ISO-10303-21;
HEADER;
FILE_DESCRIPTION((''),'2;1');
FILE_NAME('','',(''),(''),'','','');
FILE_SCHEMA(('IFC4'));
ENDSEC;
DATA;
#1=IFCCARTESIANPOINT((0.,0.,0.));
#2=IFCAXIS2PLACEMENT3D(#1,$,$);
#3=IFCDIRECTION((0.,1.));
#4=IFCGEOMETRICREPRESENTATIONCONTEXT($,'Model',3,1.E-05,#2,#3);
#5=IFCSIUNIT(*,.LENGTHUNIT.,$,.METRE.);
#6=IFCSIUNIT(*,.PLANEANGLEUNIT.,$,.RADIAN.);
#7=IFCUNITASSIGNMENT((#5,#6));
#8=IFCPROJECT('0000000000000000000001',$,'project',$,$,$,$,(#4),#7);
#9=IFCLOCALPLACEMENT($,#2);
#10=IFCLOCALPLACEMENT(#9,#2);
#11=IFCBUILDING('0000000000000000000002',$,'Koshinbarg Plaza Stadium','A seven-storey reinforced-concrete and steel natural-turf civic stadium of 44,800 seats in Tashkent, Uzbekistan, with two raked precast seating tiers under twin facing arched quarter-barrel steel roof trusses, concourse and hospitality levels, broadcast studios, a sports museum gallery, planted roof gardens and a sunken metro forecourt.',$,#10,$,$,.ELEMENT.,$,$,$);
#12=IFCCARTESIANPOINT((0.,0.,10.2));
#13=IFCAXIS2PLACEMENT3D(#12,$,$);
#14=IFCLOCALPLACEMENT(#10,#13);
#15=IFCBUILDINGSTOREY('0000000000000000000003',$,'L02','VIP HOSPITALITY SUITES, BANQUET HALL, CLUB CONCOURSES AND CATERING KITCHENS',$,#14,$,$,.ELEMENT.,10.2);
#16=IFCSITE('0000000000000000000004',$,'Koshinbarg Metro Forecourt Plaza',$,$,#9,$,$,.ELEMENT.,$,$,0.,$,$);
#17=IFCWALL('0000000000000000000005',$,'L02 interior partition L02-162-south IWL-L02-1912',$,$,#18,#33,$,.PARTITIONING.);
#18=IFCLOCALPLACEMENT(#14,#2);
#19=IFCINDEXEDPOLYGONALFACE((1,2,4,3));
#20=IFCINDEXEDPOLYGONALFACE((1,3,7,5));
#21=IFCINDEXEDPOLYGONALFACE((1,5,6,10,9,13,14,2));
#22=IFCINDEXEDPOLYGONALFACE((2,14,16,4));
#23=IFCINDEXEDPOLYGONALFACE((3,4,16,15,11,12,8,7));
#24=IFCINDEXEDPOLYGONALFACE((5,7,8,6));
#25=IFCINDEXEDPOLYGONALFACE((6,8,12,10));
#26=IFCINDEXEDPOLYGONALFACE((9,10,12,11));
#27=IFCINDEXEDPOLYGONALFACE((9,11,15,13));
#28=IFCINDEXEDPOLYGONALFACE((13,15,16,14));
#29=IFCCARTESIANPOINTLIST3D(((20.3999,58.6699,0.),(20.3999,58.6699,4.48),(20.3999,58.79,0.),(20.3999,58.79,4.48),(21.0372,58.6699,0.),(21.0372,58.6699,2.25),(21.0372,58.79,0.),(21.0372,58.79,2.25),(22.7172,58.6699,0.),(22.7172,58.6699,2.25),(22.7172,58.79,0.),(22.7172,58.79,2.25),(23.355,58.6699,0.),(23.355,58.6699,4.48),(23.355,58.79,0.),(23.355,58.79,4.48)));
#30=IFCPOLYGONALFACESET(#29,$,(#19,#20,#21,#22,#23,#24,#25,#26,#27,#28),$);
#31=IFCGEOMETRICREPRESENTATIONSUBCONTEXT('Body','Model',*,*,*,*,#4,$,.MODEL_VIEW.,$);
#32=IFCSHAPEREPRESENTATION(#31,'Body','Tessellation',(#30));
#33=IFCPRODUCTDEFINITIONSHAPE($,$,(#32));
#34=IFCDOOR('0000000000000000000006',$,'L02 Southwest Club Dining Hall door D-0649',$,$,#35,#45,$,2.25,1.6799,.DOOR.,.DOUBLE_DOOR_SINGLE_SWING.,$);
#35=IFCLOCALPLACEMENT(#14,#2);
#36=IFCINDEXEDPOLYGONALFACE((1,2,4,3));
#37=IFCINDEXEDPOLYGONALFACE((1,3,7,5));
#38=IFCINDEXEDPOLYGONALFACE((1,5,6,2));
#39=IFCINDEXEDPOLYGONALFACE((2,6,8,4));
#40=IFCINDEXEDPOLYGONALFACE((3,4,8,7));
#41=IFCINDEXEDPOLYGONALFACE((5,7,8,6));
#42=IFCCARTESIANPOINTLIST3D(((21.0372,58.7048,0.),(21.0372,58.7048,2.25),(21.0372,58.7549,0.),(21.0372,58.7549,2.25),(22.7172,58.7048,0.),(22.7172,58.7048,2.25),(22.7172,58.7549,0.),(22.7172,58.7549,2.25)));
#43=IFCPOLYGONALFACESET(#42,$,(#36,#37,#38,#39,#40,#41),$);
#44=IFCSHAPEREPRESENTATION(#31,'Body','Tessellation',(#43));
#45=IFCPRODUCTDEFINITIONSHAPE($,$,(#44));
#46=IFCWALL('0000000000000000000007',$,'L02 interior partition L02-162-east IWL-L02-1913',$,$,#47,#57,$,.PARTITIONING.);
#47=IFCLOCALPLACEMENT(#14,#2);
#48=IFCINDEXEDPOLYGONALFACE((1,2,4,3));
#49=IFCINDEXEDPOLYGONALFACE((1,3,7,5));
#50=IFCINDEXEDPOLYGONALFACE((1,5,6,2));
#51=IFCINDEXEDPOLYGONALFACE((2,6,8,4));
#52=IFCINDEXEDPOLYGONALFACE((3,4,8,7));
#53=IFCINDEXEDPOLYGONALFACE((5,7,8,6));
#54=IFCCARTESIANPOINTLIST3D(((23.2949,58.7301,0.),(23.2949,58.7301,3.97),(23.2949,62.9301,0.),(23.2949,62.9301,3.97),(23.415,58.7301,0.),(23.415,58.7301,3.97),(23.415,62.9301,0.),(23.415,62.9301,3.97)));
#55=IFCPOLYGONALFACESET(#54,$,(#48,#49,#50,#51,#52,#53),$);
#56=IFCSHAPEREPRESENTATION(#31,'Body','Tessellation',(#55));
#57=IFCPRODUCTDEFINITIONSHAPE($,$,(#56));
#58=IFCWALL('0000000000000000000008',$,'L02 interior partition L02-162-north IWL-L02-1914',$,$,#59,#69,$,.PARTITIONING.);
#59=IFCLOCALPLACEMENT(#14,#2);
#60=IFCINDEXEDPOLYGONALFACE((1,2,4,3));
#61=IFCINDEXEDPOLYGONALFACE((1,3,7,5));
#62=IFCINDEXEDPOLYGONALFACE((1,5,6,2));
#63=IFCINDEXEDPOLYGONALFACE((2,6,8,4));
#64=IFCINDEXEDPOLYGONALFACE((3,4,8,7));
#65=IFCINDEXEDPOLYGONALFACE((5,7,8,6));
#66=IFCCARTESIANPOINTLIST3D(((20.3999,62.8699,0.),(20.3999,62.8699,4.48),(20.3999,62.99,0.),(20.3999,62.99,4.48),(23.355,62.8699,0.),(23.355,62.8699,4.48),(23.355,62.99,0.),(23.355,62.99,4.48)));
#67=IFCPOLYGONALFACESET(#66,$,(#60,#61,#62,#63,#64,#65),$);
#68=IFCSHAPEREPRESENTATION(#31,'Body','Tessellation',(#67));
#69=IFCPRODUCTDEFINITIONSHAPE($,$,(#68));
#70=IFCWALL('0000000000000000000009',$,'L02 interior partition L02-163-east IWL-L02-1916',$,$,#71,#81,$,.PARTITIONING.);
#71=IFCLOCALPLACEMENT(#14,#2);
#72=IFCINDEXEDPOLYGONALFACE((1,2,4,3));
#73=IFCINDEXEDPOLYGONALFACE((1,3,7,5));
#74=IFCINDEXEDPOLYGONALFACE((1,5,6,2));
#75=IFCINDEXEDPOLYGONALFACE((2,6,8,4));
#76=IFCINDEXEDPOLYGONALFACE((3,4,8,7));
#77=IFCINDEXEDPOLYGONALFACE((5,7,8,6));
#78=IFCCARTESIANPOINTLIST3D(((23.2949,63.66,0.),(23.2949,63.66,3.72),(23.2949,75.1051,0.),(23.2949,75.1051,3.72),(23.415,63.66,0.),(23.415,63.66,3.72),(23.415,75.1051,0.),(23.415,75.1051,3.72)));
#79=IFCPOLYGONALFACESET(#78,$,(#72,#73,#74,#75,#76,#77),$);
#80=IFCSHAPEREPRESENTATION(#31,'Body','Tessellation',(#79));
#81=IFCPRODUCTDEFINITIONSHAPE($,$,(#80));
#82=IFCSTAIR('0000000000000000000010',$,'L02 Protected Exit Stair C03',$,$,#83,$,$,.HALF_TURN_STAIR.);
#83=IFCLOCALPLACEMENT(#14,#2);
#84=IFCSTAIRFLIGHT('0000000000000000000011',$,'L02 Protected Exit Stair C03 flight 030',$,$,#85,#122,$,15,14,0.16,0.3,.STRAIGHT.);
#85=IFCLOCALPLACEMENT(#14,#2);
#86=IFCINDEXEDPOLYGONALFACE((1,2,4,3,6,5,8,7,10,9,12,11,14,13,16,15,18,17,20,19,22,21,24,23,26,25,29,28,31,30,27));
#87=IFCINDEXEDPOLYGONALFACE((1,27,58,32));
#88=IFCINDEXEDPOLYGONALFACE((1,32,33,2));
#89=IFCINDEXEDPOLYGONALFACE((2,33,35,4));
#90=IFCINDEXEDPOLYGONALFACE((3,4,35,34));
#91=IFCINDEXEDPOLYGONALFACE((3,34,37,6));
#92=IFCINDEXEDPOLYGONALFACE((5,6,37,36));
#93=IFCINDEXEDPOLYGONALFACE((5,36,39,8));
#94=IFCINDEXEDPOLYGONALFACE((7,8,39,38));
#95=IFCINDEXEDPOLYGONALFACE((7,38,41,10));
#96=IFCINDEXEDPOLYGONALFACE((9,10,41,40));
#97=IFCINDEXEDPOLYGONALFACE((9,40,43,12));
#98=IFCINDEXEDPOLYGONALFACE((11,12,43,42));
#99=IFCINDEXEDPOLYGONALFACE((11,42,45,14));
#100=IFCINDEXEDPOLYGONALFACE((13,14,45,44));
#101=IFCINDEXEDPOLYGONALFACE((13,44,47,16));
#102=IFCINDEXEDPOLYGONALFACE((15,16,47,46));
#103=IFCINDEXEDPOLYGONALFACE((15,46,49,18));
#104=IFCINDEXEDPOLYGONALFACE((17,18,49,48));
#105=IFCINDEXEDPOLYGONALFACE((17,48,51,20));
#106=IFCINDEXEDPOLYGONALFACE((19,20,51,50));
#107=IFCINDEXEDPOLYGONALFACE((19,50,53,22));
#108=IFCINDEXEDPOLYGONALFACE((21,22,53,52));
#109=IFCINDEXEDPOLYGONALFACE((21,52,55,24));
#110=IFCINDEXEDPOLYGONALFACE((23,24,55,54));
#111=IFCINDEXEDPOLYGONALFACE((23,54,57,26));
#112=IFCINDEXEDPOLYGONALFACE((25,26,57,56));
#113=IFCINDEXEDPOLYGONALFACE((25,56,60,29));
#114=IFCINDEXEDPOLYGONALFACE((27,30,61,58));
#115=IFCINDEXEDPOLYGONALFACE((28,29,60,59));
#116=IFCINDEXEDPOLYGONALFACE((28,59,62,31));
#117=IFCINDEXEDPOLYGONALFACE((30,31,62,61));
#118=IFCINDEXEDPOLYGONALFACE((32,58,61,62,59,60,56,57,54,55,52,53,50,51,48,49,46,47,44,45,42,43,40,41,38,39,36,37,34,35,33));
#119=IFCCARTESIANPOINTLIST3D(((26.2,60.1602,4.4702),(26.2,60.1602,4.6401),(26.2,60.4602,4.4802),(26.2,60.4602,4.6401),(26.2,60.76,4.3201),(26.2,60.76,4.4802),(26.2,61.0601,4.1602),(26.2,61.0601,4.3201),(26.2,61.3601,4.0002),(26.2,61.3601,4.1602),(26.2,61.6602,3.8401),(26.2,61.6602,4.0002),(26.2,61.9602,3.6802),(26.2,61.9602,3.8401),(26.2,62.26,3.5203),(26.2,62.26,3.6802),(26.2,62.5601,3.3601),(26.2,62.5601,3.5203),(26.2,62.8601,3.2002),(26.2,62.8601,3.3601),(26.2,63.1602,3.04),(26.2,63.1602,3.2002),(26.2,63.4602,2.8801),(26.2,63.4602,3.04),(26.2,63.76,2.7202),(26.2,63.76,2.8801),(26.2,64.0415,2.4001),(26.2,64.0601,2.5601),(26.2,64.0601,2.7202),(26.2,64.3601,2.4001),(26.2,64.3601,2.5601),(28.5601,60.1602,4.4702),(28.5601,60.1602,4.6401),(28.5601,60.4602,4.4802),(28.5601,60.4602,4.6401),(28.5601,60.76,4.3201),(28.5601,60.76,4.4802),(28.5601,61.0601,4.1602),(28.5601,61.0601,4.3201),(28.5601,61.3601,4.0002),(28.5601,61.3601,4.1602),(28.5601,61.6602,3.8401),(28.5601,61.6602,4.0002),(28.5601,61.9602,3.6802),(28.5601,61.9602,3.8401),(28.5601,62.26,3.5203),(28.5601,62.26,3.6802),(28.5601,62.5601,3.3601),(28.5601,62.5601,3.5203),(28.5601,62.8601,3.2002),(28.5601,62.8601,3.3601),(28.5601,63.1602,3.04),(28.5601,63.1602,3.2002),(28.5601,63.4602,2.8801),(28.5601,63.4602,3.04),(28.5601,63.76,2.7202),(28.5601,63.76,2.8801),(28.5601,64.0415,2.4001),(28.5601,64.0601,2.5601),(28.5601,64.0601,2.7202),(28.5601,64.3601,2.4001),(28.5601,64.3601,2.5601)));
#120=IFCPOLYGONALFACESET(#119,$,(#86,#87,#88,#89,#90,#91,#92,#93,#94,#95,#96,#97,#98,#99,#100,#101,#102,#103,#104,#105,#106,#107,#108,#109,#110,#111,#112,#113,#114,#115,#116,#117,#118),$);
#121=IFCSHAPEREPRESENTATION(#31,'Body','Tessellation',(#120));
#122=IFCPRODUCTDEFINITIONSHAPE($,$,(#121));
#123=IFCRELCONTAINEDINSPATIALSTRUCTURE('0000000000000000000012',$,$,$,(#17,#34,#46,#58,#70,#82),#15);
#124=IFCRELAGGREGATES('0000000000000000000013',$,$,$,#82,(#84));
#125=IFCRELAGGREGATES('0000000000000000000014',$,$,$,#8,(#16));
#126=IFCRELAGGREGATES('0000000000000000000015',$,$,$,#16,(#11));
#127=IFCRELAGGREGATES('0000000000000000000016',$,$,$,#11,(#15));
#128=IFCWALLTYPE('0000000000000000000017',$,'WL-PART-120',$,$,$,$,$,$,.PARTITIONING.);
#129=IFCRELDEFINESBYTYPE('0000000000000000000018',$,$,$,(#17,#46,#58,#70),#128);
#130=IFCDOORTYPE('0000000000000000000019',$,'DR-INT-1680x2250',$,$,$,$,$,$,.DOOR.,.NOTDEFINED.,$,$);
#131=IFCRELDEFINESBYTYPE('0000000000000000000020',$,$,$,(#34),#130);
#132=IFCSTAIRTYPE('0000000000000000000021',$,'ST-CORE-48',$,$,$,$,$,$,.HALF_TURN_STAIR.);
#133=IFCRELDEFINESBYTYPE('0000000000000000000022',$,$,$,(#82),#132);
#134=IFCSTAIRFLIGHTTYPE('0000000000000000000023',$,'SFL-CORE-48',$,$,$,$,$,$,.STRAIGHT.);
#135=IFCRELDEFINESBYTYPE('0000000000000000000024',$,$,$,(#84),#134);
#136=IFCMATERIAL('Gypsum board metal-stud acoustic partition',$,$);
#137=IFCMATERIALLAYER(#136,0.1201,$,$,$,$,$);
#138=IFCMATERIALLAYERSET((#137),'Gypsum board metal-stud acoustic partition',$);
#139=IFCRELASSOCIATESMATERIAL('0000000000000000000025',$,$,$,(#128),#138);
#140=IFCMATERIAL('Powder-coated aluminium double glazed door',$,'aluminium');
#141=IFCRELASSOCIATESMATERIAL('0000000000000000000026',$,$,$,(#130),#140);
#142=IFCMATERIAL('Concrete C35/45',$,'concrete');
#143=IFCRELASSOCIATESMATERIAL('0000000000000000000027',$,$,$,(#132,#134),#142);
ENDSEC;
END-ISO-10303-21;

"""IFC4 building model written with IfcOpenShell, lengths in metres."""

from ifc_helpers import new_model, si_unit, direction, frame, frame_2d, origin, place, context, subcontext, project, spatial, polyline, rectangle, outline, extrude, material, layer, layer_set, type_object, element, fill, aggregate, save


model = new_model("IFC4")

# Units and contexts
model_context = context("Model", 3, precision=1e-05, world=origin(), true_north=direction((0.0, 1.0)))
body_context = subcontext(model_context, "Body", "Model", "MODEL_VIEW")
ifc_project = project(units=[si_unit("LENGTHUNIT", "METRE"), si_unit("PLANEANGLEUNIT", "RADIAN")], contexts=[model_context])

# Site, building, storey
site_placement = place(None, origin())
site = spatial("IfcSite", under=ifc_project, at=site_placement, Name="Koshinbarg Metro Forecourt Plaza", CompositionType="ELEMENT", RefElevation=0.0)
building_placement = place(site_placement, origin())
building = spatial("IfcBuilding", under=site, at=building_placement, Name="Koshinbarg Plaza Stadium", Description="A seven-storey reinforced-concrete and steel natural-turf civic stadium of 44,800 seats in Tashkent, Uzbekistan, with two raked precast seating tiers under twin facing arched quarter-barrel steel roof trusses, concourse and hospitality levels, broadcast studios, a sports museum gallery, planted roof gardens and a sunken metro forecourt.", CompositionType="ELEMENT")
storey_placement = place(building_placement, frame((0.0, 0.0, 10.2)))
storey = spatial("IfcBuildingStorey", under=building, at=storey_placement, Name="L02", Description="VIP HOSPITALITY SUITES, BANQUET HALL, CLUB CONCOURSES AND CATERING KITCHENS", CompositionType="ELEMENT", Elevation=10.2)

# Shared definitions
ifc_material_1 = material(Name="Gypsum board metal-stud acoustic partition")
ifc_layer_1 = layer(ifc_material_1, 0.1201)
ifc_layer_set_1 = layer_set([ifc_layer_1], Name="Gypsum board metal-stud acoustic partition")
wall_type_1 = type_object("IfcWallType", Name="WL-PART-120", PredefinedType="PARTITIONING", material=ifc_layer_set_1)

# Wall, opening, door
wall_1_placement = place(storey_placement, frame((20.3999, 58.73, 0.0), z_axis=(0.0, 0.0, 1.0), x_axis=(1.0, 0.0, 0.0)))
wall_1 = element("IfcWall", 1, at=wall_1_placement, inside=storey, type_object=wall_type_1, Name="L02 interior partition L02-162-south IWL-L02-1912", PredefinedType="PARTITIONING", context=body_context, shape_type="SweptSolid", body=[
    extrude(rectangle(XDim=2.9551, YDim=0.1201, at=frame_2d((1.4775, 0.0))), origin(), (0.0, 0.0, 1.0), 4.48),
])
opening_1_placement = place(wall_1_placement, frame((0.6375, 0.0, 0.0)))
opening_1 = element("IfcOpeningElement", 2, at=opening_1_placement, cuts=wall_1, PredefinedType="OPENING", context=body_context, shape_type="SweptSolid", body=[
    extrude(rectangle(XDim=1.6799, YDim=2.25, at=frame_2d((0.8398, 1.125))), frame((0.0, 0.0701, 0.0), z_axis=(0.0, -1.0, 0.0), x_axis=(1.0, 0.0, 0.0)), (0.0, 0.0, 1.0), 0.1401),
])
ifc_material_2 = material(Name="Powder-coated aluminium double glazed door", Category="aluminium")
door_type_1 = type_object("IfcDoorType", Name="DR-INT-1680x2250", OperationType="NOTDEFINED", PredefinedType="DOOR", material=ifc_material_2)
door_1_placement = place(opening_1_placement, origin())
door_1 = element("IfcDoor", 3, at=door_1_placement, inside=storey, type_object=door_type_1, Name="L02 Southwest Club Dining Hall door D-0649", OperationType="DOUBLE_DOOR_SINGLE_SWING", OverallHeight=2.25, OverallWidth=1.6799, PredefinedType="DOOR", context=body_context, shape_type="SweptSolid", body=[
    extrude(rectangle(XDim=1.6799, YDim=2.25, at=frame_2d((0.8398, 1.125))), frame((0.0, 0.0249, 0.0), z_axis=(0.0, -1.0, 0.0), x_axis=(1.0, 0.0, 0.0)), (0.0, 0.0, 1.0), 0.05),
])
fill(opening_1, door_1)

# Walls
wall_2_placement = place(storey_placement, frame((23.355, 58.73, 0.0), z_axis=(0.0, 0.0, 1.0), x_axis=(0.0, 1.0, 0.0)))
element("IfcWall", 4, at=wall_2_placement, inside=storey, type_object=wall_type_1, Name="L02 interior partition L02-162-east IWL-L02-1913", PredefinedType="PARTITIONING", context=body_context, shape_type="SweptSolid", body=[
    extrude(rectangle(XDim=4.2, YDim=0.1201, at=frame_2d((2.1001, 0.0))), origin(), (0.0, 0.0, 1.0), 3.97),
])
wall_3_placement = place(storey_placement, frame((23.355, 62.9299, 0.0), z_axis=(0.0, 0.0, 1.0), x_axis=(-1.0, 0.0, 0.0)))
element("IfcWall", 5, at=wall_3_placement, inside=storey, type_object=wall_type_1, Name="L02 interior partition L02-162-north IWL-L02-1914", PredefinedType="PARTITIONING", context=body_context, shape_type="SweptSolid", body=[
    extrude(rectangle(XDim=2.9551, YDim=0.1201, at=frame_2d((1.4775, 0.0))), origin(), (0.0, 0.0, 1.0), 4.48),
])
wall_4_placement = place(storey_placement, frame((23.355, 63.6599, 0.0), z_axis=(0.0, 0.0, 1.0), x_axis=(0.0, 1.0, 0.0)))
element("IfcWall", 6, at=wall_4_placement, inside=storey, type_object=wall_type_1, Name="L02 interior partition L02-163-east IWL-L02-1916", PredefinedType="PARTITIONING", context=body_context, shape_type="SweptSolid", body=[
    extrude(rectangle(XDim=11.4451, YDim=0.1201, at=frame_2d((5.7227, 0.0))), origin(), (0.0, 0.0, 1.0), 3.72),
])

# Stair, stair flight
ifc_material_3 = material(Name="Concrete C35/45", Category="concrete")
stair_type = type_object("IfcStairType", Name="ST-CORE-48", PredefinedType="HALF_TURN_STAIR", material=ifc_material_3)
stair_placement = place(storey_placement, origin())
stair = element("IfcStair", 7, at=stair_placement, inside=storey, type_object=stair_type, Name="L02 Protected Exit Stair C03", PredefinedType="HALF_TURN_STAIR")
stair_flight_type = type_object("IfcStairFlightType", Name="SFL-CORE-48", PredefinedType="STRAIGHT", material=ifc_material_3)
stair_flight_placement = place(storey_placement, frame((27.3799, 64.3601, 2.4001), z_axis=(0.0, 0.0, 1.0), x_axis=(0.0, -1.0, 0.0)))
stair_flight = element("IfcStairFlight", 8, at=stair_flight_placement, type_object=stair_flight_type, Name="L02 Protected Exit Stair C03 flight 030", NumberOfRisers=15, NumberOfTreads=14, PredefinedType="STRAIGHT", RiserHeight=0.16, TreadLength=0.3, context=body_context, shape_type="SweptSolid", body=[
    extrude(outline(polyline([(0.0, 0.0), (0.0, 0.1599), (0.3, 0.1599), (0.3, 0.3201), (0.6001, 0.3201), (0.6001, 0.48), (0.8999, 0.48), (0.8999, 0.6399), (1.2, 0.6399), (1.2, 0.8), (1.5, 0.8), (1.5, 0.96), (1.8, 0.96), (1.8, 1.1201), (2.1001, 1.1201), (2.1001, 1.28), (2.3999, 1.28), (2.3999, 1.4399), (2.7, 1.4399), (2.7, 1.6001), (3.0, 1.6001), (3.0, 1.76), (3.3, 1.76), (3.3, 1.9199), (3.6001, 1.9199), (3.6001, 2.0801), (3.8999, 2.0801), (3.8999, 2.24), (4.2, 2.24), (4.2, 2.3999), (4.2, 2.0701), (0.3186, 0.0), (0.0, 0.0)])), frame((0.0, 1.1802, 0.0), z_axis=(0.0, -1.0, 0.0), x_axis=(1.0, 0.0, 0.0)), (0.0, 0.0, 1.0), 2.3601),
])
aggregate(stair, [stair_flight])

save(model, "model.ifc")
